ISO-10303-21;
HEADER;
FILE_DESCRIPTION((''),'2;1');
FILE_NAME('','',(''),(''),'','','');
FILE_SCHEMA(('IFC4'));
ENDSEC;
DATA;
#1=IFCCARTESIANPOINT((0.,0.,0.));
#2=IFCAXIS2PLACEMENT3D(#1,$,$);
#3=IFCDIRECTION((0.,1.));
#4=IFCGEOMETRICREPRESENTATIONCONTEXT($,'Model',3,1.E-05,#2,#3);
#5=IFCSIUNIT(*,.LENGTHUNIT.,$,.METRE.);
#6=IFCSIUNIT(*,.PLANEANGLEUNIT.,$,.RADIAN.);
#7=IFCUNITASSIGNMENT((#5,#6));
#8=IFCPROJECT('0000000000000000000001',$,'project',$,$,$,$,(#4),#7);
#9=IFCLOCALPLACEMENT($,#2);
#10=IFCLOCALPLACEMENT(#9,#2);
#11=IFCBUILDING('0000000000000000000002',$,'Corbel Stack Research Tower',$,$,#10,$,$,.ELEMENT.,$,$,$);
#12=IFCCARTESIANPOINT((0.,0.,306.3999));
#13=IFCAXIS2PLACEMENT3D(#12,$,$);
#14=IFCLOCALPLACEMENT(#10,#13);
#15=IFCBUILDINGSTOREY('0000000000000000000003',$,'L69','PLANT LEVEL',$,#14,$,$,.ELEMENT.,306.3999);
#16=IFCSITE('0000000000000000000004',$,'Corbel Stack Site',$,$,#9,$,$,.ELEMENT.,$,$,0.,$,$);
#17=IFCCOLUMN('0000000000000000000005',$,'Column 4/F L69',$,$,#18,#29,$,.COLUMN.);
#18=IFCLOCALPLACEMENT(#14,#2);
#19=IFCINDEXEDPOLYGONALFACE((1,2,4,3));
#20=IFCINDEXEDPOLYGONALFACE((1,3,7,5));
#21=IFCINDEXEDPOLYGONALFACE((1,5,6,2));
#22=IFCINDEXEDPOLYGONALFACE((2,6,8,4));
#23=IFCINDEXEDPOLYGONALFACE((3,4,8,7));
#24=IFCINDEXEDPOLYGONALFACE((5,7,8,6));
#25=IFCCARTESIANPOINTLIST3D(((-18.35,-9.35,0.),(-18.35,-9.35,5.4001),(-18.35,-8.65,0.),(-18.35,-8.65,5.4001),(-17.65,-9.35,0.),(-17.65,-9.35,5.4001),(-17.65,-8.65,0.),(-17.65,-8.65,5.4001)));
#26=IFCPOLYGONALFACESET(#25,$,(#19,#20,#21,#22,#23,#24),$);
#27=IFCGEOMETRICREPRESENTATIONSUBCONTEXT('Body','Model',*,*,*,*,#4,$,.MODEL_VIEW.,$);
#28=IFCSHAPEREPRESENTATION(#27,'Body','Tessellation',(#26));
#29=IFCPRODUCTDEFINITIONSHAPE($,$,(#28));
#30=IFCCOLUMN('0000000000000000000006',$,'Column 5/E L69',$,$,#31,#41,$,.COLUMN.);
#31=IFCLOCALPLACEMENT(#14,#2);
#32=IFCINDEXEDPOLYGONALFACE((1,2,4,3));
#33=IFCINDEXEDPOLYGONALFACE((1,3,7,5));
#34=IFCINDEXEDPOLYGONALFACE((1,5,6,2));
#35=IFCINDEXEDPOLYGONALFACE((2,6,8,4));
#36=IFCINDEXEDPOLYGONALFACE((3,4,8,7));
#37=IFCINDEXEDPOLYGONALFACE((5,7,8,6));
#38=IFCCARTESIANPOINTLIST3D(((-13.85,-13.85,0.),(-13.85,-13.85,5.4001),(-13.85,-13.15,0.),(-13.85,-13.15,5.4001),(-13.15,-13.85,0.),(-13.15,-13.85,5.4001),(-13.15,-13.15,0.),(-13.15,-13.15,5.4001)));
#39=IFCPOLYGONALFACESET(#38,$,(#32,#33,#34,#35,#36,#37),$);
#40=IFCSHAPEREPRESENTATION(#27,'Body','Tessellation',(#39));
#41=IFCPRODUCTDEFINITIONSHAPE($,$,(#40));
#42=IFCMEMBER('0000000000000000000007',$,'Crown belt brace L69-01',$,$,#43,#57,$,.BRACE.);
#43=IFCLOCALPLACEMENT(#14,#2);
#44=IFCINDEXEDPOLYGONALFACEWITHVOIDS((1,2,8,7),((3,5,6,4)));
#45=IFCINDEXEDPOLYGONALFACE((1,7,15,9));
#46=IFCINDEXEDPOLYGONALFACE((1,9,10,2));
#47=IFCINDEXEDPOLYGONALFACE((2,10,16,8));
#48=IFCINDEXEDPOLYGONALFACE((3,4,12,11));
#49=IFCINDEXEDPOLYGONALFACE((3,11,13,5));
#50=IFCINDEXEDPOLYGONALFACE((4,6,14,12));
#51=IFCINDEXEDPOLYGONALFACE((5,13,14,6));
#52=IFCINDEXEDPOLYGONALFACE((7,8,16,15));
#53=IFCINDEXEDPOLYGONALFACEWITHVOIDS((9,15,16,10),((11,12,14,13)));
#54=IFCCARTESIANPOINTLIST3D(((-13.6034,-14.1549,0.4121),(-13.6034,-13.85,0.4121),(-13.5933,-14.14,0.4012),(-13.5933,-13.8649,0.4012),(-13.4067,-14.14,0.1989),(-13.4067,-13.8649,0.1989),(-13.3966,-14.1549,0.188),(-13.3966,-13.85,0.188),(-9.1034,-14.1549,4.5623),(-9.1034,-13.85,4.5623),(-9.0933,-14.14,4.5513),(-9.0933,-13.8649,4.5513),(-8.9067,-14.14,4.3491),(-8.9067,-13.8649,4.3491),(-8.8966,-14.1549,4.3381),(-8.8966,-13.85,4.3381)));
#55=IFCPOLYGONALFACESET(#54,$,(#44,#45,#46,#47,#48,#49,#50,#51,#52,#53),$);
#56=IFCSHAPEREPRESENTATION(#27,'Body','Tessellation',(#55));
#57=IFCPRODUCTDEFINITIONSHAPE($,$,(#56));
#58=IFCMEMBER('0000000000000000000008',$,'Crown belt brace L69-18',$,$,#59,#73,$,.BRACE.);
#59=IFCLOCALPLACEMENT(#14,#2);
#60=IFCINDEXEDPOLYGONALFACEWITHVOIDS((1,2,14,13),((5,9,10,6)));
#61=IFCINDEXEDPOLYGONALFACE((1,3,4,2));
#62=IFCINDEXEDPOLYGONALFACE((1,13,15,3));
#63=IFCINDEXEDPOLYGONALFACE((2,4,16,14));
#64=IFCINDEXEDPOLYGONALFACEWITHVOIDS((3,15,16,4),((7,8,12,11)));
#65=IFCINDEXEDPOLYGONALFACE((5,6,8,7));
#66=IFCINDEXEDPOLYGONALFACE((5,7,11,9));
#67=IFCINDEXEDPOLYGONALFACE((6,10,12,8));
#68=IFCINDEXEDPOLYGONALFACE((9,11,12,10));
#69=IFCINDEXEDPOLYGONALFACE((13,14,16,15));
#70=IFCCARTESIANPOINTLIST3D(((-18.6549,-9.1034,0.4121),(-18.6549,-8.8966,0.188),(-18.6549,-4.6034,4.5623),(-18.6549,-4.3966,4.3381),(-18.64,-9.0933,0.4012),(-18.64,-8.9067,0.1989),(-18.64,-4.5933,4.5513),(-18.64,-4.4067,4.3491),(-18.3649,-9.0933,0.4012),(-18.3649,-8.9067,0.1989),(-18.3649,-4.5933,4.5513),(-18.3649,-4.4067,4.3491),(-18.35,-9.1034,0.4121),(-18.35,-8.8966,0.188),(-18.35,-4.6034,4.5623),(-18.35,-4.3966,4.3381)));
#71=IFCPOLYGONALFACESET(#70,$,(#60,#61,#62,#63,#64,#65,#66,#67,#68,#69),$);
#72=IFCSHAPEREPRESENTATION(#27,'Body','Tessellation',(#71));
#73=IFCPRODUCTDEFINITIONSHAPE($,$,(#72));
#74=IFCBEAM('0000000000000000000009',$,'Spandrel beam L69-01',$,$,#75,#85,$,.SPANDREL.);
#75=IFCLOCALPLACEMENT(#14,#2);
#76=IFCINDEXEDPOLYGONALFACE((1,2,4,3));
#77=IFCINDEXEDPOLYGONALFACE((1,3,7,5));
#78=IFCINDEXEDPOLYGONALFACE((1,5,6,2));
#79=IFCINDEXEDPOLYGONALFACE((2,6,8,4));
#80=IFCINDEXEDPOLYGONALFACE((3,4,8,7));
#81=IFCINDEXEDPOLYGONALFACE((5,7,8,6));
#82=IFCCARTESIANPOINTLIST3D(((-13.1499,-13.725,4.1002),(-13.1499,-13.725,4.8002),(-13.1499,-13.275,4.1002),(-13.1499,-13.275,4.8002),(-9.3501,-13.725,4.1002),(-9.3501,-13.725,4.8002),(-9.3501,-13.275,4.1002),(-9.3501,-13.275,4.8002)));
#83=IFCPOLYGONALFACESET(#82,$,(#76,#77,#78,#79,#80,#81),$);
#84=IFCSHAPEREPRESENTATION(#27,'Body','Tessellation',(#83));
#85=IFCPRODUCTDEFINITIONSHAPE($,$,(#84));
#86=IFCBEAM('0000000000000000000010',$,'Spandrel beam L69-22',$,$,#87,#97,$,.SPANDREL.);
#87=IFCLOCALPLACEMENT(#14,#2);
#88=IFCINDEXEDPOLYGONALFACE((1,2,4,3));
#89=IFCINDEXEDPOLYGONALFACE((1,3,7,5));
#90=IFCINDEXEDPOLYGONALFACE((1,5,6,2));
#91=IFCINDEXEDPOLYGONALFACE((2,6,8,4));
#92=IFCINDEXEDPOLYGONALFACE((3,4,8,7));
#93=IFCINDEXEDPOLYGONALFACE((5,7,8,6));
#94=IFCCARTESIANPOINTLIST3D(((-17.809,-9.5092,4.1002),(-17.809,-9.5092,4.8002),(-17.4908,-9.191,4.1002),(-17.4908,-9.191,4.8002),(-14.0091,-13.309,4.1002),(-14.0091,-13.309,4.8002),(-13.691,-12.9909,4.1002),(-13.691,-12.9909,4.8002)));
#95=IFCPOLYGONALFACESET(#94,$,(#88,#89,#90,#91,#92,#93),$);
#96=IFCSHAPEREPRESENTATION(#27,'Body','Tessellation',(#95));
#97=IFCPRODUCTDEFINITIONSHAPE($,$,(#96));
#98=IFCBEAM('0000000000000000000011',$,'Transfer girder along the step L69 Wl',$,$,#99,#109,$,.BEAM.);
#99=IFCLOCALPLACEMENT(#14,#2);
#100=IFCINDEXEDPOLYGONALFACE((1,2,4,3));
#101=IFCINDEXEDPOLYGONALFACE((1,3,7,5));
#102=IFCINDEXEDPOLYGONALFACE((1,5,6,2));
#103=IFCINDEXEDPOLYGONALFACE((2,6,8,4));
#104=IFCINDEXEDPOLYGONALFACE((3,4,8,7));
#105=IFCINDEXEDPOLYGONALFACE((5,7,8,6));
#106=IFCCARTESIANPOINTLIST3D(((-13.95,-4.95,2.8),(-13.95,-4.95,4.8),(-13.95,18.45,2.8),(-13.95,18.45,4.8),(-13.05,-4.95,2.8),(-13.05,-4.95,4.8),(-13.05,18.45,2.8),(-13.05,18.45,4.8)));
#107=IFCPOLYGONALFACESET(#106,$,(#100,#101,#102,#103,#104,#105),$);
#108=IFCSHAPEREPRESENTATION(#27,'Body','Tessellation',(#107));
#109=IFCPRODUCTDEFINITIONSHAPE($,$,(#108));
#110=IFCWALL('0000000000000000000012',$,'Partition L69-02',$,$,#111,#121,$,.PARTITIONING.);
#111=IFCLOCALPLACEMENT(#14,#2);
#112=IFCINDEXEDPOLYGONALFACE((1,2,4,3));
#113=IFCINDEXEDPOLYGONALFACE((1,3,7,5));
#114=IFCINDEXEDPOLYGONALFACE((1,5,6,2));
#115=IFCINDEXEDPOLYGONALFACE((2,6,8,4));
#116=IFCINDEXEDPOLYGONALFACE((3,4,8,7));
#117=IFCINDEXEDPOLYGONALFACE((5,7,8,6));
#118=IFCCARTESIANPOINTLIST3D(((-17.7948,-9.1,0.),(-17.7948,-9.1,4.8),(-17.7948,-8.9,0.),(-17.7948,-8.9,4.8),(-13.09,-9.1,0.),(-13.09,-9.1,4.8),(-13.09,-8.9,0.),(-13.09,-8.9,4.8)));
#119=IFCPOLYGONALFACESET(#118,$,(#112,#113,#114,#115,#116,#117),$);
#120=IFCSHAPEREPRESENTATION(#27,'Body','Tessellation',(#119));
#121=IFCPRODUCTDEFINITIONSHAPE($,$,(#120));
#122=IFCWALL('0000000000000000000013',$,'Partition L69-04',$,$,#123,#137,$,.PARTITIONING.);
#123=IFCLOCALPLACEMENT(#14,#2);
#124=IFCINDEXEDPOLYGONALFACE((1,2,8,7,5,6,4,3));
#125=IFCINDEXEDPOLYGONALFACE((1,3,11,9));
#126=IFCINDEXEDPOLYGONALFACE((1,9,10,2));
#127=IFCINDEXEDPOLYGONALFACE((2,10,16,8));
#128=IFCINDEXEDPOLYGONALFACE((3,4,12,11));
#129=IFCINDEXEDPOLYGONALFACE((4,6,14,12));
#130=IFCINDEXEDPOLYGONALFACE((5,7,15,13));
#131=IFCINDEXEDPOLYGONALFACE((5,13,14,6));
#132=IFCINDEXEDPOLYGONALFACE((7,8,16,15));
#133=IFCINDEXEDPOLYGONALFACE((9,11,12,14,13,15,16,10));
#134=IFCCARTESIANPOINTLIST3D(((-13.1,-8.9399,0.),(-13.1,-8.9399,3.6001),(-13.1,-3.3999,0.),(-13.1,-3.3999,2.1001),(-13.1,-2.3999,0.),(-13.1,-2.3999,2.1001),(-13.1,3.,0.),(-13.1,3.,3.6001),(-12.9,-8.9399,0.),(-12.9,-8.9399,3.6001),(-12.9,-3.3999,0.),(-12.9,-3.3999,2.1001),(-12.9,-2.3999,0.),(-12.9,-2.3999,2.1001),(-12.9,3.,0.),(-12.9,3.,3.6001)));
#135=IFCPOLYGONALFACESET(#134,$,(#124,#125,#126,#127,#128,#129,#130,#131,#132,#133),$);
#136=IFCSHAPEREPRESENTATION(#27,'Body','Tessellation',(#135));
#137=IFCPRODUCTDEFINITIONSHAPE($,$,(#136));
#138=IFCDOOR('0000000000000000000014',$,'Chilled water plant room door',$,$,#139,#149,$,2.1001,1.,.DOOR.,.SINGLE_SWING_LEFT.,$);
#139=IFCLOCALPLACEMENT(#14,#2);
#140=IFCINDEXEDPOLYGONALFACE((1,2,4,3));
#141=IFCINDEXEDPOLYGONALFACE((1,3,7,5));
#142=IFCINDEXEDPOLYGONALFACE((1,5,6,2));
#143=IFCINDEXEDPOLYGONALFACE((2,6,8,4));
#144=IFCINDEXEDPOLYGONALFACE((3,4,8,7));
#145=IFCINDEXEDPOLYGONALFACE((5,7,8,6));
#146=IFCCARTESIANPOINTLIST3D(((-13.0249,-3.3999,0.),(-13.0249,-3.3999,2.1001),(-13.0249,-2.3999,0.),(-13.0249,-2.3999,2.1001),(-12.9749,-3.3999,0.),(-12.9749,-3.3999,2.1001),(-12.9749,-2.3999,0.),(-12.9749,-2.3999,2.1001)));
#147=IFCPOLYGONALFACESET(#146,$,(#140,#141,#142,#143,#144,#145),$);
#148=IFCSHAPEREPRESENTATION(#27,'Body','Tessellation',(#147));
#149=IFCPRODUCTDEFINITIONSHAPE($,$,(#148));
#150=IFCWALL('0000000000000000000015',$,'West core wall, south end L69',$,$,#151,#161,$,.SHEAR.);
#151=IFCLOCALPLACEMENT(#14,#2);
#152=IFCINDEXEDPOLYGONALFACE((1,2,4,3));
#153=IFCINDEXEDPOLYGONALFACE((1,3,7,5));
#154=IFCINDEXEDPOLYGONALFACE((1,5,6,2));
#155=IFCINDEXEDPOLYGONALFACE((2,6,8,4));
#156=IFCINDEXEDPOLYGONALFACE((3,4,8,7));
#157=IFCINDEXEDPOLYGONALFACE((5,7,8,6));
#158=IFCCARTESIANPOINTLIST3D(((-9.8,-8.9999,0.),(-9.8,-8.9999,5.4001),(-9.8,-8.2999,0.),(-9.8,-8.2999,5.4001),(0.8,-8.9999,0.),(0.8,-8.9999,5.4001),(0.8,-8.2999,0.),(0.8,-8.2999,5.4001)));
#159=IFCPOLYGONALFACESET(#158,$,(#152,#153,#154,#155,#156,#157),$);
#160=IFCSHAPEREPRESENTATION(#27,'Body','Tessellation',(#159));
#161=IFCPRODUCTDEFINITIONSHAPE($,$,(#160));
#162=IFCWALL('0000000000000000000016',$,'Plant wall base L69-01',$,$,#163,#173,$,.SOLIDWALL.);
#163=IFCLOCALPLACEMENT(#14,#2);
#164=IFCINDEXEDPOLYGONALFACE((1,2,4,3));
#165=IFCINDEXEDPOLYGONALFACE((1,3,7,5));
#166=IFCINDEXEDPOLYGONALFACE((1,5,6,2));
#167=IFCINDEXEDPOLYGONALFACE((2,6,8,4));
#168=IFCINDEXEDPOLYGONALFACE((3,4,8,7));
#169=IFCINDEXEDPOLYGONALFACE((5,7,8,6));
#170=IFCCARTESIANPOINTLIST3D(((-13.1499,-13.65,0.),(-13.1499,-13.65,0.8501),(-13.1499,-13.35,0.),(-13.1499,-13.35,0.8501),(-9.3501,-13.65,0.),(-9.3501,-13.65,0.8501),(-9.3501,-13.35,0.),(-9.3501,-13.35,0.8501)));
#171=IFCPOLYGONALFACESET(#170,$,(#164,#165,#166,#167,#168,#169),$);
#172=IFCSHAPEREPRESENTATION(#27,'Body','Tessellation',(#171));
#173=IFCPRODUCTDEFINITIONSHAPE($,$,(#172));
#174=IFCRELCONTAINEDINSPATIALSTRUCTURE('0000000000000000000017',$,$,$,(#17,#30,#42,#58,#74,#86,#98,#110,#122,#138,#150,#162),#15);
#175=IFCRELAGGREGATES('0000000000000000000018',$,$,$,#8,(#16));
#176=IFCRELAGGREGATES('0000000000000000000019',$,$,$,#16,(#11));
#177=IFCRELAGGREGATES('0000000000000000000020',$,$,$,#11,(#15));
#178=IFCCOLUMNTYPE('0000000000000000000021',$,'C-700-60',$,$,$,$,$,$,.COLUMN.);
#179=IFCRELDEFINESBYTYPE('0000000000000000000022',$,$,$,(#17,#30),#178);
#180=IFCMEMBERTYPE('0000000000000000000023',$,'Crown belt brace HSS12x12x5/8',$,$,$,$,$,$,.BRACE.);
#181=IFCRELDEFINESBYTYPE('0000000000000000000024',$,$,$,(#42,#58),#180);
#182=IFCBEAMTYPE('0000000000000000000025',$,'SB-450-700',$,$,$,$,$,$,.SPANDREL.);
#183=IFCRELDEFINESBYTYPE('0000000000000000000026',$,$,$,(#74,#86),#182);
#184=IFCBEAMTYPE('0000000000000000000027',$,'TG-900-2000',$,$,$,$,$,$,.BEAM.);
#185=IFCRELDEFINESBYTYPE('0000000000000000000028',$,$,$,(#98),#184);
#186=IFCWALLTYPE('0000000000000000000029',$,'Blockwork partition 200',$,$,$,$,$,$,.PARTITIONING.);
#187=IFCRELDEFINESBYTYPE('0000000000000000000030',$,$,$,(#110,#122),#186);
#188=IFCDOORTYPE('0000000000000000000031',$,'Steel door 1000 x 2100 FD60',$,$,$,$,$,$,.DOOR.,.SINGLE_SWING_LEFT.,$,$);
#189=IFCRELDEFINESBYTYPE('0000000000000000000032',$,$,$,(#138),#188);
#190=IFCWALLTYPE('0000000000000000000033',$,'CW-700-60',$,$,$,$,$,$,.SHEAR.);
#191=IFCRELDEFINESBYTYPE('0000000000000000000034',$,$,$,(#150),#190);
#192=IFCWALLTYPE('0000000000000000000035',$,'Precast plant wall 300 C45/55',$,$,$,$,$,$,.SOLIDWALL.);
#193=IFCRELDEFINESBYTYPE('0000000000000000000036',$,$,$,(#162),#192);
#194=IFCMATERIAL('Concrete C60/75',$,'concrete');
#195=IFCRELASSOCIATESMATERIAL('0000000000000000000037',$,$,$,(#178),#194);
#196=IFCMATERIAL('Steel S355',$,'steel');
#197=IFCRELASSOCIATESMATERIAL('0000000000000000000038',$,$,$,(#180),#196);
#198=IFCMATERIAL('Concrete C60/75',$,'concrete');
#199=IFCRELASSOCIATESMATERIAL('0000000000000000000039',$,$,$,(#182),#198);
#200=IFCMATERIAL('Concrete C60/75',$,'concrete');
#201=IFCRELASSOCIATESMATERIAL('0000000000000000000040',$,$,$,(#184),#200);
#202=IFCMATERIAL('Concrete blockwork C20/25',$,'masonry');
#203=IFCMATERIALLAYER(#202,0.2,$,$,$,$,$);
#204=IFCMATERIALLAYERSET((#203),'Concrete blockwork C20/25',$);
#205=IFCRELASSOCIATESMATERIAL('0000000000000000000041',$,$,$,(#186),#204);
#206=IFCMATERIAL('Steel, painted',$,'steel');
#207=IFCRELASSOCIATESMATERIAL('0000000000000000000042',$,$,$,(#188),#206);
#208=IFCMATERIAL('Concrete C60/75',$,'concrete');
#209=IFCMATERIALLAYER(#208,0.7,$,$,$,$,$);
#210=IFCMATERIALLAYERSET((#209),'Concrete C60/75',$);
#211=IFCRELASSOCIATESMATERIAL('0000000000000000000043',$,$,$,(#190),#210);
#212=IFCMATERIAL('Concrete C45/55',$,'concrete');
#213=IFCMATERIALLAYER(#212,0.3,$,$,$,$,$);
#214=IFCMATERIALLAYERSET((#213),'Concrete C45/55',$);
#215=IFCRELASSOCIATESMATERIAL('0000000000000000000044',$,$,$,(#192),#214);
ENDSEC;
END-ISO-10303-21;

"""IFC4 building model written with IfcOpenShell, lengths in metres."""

from ifc_helpers import new_model, si_unit, direction, frame, frame_2d, origin, origin_2d, place, context, subcontext, project, spatial, rectangle, hollow_rectangle, extrude, material, layer, layer_set, material_profile, profile_set, type_object, element, fill, save


model = new_model("IFC4")

# Units and contexts
model_context = context("Model", 3, precision=1e-05, world=origin(), true_north=direction((0.0, 1.0)))
body_context = subcontext(model_context, "Body", "Model", "MODEL_VIEW")
ifc_project = project(units=[si_unit("LENGTHUNIT", "METRE"), si_unit("PLANEANGLEUNIT", "RADIAN")], contexts=[model_context])

# Site, building, storey
site_placement = place(None, origin())
site = spatial("IfcSite", under=ifc_project, at=site_placement, Name="Corbel Stack Site", CompositionType="ELEMENT", RefElevation=0.0)
building_placement = place(site_placement, origin())
building = spatial("IfcBuilding", under=site, at=building_placement, Name="Corbel Stack Research Tower", CompositionType="ELEMENT")
storey_placement = place(building_placement, frame((0.0, 0.0, 306.3999)))
storey = spatial("IfcBuildingStorey", under=building, at=storey_placement, Name="L69", Description="PLANT LEVEL", CompositionType="ELEMENT", Elevation=306.3999)

# Columns
ifc_material_1 = material(Name="Concrete C60/75", Category="concrete")
ifc_material_profile_1 = material_profile(ifc_material_1, rectangle(XDim=0.7, YDim=0.7, at=origin_2d()), Name="RC 700 x 700")
ifc_profile_set_1 = profile_set([ifc_material_profile_1], Name="Concrete C60/75")
column_type = type_object("IfcColumnType", Name="C-700-60", PredefinedType="COLUMN", material=ifc_profile_set_1)
for number, where, z_axis, x_axis, name in (
    (1, (-18.0, -9.0, 0.0), (0.0, 0.0, 1.0), (1.0, 0.0, 0.0), "Column 4/F L69"),
    (2, (-13.5, -13.5, 0.0), (0.0, 0.0, 1.0), (1.0, 0.0, 0.0), "Column 5/E L69"),
):
    element("IfcColumn", number, at=place(storey_placement, frame(where, z_axis=z_axis, x_axis=x_axis)), inside=storey, type_object=column_type, Name=name, PredefinedType="COLUMN", context=body_context, shape_type="SweptSolid", body=[
        extrude(rectangle(XDim=0.7, YDim=0.7, at=origin_2d()), origin(), (0.0, 0.0, 1.0), 5.4001),
    ])

# Members
ifc_material_2 = material(Name="Steel S355", Category="steel")
ifc_material_profile_2 = material_profile(ifc_material_2, hollow_rectangle(XDim=0.3049, YDim=0.3049, WallThickness=0.0149, at=origin_2d()), Name="HSS12x12x5/8")
ifc_profile_set_2 = profile_set([ifc_material_profile_2], Name="Steel S355")
member_type = type_object("IfcMemberType", Name="Crown belt brace HSS12x12x5/8", PredefinedType="BRACE", material=ifc_profile_set_2)
for number, where, z_axis, x_axis, name in (
    (3, (-13.5, -14.0024, 0.3), (0.735105, 0.0, 0.677954), (0.0, 1.0, 0.0), "Crown belt brace L69-01"),
    (4, (-18.5024, -9.0, 0.3), (0.0, 0.735105, 0.677954), (-1.0, 0.0, 0.0), "Crown belt brace L69-18"),
):
    element("IfcMember", number, at=place(storey_placement, frame(where, z_axis=z_axis, x_axis=x_axis)), inside=storey, type_object=member_type, Name=name, PredefinedType="BRACE", context=body_context, shape_type="SweptSolid", body=[
        extrude(hollow_rectangle(XDim=0.3049, YDim=0.3049, WallThickness=0.0149, at=origin_2d()), origin(), (0.0, 0.0, 1.0), 6.1216),
    ])

# Beams
ifc_material_3 = material(Name="Concrete C60/75", Category="concrete")
ifc_material_profile_3 = material_profile(ifc_material_3, rectangle(XDim=0.45, YDim=0.7, at=origin_2d()), Name="RC 450 x 700")
ifc_profile_set_3 = profile_set([ifc_material_profile_3], Name="Concrete C60/75")
beam_type_1 = type_object("IfcBeamType", Name="SB-450-700", PredefinedType="SPANDREL", material=ifc_profile_set_3)
beam_1_placement = place(storey_placement, frame((-13.1499, -13.5, 4.4502), z_axis=(1.0, 0.0, 0.0), x_axis=(0.0, 1.0, 0.0)))
element("IfcBeam", 5, at=beam_1_placement, inside=storey, type_object=beam_type_1, Name="Spandrel beam L69-01", PredefinedType="SPANDREL", context=body_context, shape_type="SweptSolid", body=[
    extrude(rectangle(XDim=0.45, YDim=0.7, at=origin_2d()), origin(), (0.0, 0.0, 1.0), 3.7998),
])
beam_2_placement = place(storey_placement, frame((-17.6499, -9.3501, 4.4502), z_axis=(0.707107, -0.707107, 0.0), x_axis=(0.707107, 0.707107, 0.0)))
element("IfcBeam", 6, at=beam_2_placement, inside=storey, type_object=beam_type_1, Name="Spandrel beam L69-22", PredefinedType="SPANDREL", context=body_context, shape_type="SweptSolid", body=[
    extrude(rectangle(XDim=0.45, YDim=0.7, at=origin_2d()), origin(), (0.0, 0.0, 1.0), 5.3738),
])
ifc_material_4 = material(Name="Concrete C60/75", Category="concrete")
ifc_material_profile_4 = material_profile(ifc_material_4, rectangle(XDim=0.8999, YDim=2.0, at=origin_2d()), Name="RC 900 x 2000")
ifc_profile_set_4 = profile_set([ifc_material_profile_4], Name="Concrete C60/75")
beam_type_2 = type_object("IfcBeamType", Name="TG-900-2000", PredefinedType="BEAM", material=ifc_profile_set_4)
beam_3_placement = place(storey_placement, frame((-13.5, -4.95, 3.8), z_axis=(0.0, 1.0, 0.0), x_axis=(-1.0, 0.0, 0.0)))
element("IfcBeam", 7, at=beam_3_placement, inside=storey, type_object=beam_type_2, Name="Transfer girder along the step L69 Wl", PredefinedType="BEAM", context=body_context, shape_type="SweptSolid", body=[
    extrude(rectangle(XDim=0.8999, YDim=2.0, at=origin_2d()), origin(), (0.0, 0.0, 1.0), 23.3999),
])

# Wall
ifc_material_5 = material(Name="Concrete blockwork C20/25", Category="masonry")
ifc_layer_1 = layer(ifc_material_5, 0.2)
ifc_layer_set_1 = layer_set([ifc_layer_1], Name="Concrete blockwork C20/25")
wall_type_1 = type_object("IfcWallType", Name="Blockwork partition 200", PredefinedType="PARTITIONING", material=ifc_layer_set_1)
wall_1_placement = place(storey_placement, frame((-17.7949, -9.0, 0.0), z_axis=(0.0, 0.0, 1.0), x_axis=(1.0, 0.0, 0.0)))
element("IfcWall", 8, at=wall_1_placement, inside=storey, type_object=wall_type_1, Name="Partition L69-02", PredefinedType="PARTITIONING", context=body_context, shape_type="SweptSolid", body=[
    extrude(rectangle(XDim=4.7048, YDim=0.2, at=frame_2d((2.3525, 0.0))), origin(), (0.0, 0.0, 1.0), 4.8),
])

# Wall, opening, door
wall_2_placement = place(storey_placement, frame((-13.0, -8.9399, 0.0), z_axis=(0.0, 0.0, 1.0), x_axis=(0.0, 1.0, 0.0)))
wall_2 = element("IfcWall", 9, at=wall_2_placement, inside=storey, type_object=wall_type_1, Name="Partition L69-04", PredefinedType="PARTITIONING", context=body_context, shape_type="SweptSolid", body=[
    extrude(rectangle(XDim=11.9399, YDim=0.2, at=frame_2d((5.97, 0.0))), origin(), (0.0, 0.0, 1.0), 3.6001),
])
opening_1_placement = place(wall_2_placement, frame((5.54, 0.0, 0.0)))
opening_1 = element("IfcOpeningElement", 10, at=opening_1_placement, cuts=wall_2, PredefinedType="OPENING", context=body_context, shape_type="SweptSolid", body=[
    extrude(rectangle(XDim=1.0, YDim=2.1001, at=frame_2d((0.5, 1.05))), frame((0.0, 0.1099, 0.0), z_axis=(0.0, -1.0, 0.0), x_axis=(1.0, 0.0, 0.0)), (0.0, 0.0, 1.0), 0.22),
])
ifc_material_6 = material(Name="Steel, painted", Category="steel")
door_type_1 = type_object("IfcDoorType", Name="Steel door 1000 x 2100 FD60", OperationType="SINGLE_SWING_LEFT", PredefinedType="DOOR", material=ifc_material_6)
door_1_placement = place(opening_1_placement, origin())
door_1 = element("IfcDoor", 11, at=door_1_placement, inside=storey, type_object=door_type_1, Name="Chilled water plant room door", OperationType="SINGLE_SWING_LEFT", OverallHeight=2.1001, OverallWidth=1.0, PredefinedType="DOOR", context=body_context, shape_type="SweptSolid", body=[
    extrude(rectangle(XDim=1.0, YDim=2.1001, at=frame_2d((0.5, 1.05))), frame((0.0, 0.0249, 0.0), z_axis=(0.0, -1.0, 0.0), x_axis=(1.0, 0.0, 0.0)), (0.0, 0.0, 1.0), 0.05),
])
fill(opening_1, door_1)

# Shared definitions
ifc_material_7 = material(Name="Concrete C60/75", Category="concrete")
ifc_layer_2 = layer(ifc_material_7, 0.7)
ifc_layer_set_2 = layer_set([ifc_layer_2], Name="Concrete C60/75")
wall_type_2 = type_object("IfcWallType", Name="CW-700-60", PredefinedType="SHEAR", material=ifc_layer_set_2)

# Walls
wall_3_placement = place(storey_placement, frame((-9.8, -8.6499, 0.0), z_axis=(0.0, 0.0, 1.0), x_axis=(1.0, 0.0, 0.0)))
element("IfcWall", 12, at=wall_3_placement, inside=storey, type_object=wall_type_2, Name="West core wall, south end L69", PredefinedType="SHEAR", context=body_context, shape_type="SweptSolid", body=[
    extrude(rectangle(XDim=10.6001, YDim=0.7, at=frame_2d((5.3, 0.0))), origin(), (0.0, 0.0, 1.0), 5.4001),
])
ifc_material_8 = material(Name="Concrete C45/55", Category="concrete")
ifc_layer_3 = layer(ifc_material_8, 0.3)
ifc_layer_set_3 = layer_set([ifc_layer_3], Name="Concrete C45/55")
wall_type_3 = type_object("IfcWallType", Name="Precast plant wall 300 C45/55", PredefinedType="SOLIDWALL", material=ifc_layer_set_3)
wall_4_placement = place(storey_placement, frame((-13.1499, -13.5, 0.0), z_axis=(0.0, 0.0, 1.0), x_axis=(1.0, 0.0, 0.0)))
element("IfcWall", 13, at=wall_4_placement, inside=storey, type_object=wall_type_3, Name="Plant wall base L69-01", PredefinedType="SOLIDWALL", context=body_context, shape_type="SweptSolid", body=[
    extrude(rectangle(XDim=3.7998, YDim=0.3, at=frame_2d((1.8999, 0.0))), origin(), (0.0, 0.0, 1.0), 0.8501),
])

save(model, "model.ifc")
